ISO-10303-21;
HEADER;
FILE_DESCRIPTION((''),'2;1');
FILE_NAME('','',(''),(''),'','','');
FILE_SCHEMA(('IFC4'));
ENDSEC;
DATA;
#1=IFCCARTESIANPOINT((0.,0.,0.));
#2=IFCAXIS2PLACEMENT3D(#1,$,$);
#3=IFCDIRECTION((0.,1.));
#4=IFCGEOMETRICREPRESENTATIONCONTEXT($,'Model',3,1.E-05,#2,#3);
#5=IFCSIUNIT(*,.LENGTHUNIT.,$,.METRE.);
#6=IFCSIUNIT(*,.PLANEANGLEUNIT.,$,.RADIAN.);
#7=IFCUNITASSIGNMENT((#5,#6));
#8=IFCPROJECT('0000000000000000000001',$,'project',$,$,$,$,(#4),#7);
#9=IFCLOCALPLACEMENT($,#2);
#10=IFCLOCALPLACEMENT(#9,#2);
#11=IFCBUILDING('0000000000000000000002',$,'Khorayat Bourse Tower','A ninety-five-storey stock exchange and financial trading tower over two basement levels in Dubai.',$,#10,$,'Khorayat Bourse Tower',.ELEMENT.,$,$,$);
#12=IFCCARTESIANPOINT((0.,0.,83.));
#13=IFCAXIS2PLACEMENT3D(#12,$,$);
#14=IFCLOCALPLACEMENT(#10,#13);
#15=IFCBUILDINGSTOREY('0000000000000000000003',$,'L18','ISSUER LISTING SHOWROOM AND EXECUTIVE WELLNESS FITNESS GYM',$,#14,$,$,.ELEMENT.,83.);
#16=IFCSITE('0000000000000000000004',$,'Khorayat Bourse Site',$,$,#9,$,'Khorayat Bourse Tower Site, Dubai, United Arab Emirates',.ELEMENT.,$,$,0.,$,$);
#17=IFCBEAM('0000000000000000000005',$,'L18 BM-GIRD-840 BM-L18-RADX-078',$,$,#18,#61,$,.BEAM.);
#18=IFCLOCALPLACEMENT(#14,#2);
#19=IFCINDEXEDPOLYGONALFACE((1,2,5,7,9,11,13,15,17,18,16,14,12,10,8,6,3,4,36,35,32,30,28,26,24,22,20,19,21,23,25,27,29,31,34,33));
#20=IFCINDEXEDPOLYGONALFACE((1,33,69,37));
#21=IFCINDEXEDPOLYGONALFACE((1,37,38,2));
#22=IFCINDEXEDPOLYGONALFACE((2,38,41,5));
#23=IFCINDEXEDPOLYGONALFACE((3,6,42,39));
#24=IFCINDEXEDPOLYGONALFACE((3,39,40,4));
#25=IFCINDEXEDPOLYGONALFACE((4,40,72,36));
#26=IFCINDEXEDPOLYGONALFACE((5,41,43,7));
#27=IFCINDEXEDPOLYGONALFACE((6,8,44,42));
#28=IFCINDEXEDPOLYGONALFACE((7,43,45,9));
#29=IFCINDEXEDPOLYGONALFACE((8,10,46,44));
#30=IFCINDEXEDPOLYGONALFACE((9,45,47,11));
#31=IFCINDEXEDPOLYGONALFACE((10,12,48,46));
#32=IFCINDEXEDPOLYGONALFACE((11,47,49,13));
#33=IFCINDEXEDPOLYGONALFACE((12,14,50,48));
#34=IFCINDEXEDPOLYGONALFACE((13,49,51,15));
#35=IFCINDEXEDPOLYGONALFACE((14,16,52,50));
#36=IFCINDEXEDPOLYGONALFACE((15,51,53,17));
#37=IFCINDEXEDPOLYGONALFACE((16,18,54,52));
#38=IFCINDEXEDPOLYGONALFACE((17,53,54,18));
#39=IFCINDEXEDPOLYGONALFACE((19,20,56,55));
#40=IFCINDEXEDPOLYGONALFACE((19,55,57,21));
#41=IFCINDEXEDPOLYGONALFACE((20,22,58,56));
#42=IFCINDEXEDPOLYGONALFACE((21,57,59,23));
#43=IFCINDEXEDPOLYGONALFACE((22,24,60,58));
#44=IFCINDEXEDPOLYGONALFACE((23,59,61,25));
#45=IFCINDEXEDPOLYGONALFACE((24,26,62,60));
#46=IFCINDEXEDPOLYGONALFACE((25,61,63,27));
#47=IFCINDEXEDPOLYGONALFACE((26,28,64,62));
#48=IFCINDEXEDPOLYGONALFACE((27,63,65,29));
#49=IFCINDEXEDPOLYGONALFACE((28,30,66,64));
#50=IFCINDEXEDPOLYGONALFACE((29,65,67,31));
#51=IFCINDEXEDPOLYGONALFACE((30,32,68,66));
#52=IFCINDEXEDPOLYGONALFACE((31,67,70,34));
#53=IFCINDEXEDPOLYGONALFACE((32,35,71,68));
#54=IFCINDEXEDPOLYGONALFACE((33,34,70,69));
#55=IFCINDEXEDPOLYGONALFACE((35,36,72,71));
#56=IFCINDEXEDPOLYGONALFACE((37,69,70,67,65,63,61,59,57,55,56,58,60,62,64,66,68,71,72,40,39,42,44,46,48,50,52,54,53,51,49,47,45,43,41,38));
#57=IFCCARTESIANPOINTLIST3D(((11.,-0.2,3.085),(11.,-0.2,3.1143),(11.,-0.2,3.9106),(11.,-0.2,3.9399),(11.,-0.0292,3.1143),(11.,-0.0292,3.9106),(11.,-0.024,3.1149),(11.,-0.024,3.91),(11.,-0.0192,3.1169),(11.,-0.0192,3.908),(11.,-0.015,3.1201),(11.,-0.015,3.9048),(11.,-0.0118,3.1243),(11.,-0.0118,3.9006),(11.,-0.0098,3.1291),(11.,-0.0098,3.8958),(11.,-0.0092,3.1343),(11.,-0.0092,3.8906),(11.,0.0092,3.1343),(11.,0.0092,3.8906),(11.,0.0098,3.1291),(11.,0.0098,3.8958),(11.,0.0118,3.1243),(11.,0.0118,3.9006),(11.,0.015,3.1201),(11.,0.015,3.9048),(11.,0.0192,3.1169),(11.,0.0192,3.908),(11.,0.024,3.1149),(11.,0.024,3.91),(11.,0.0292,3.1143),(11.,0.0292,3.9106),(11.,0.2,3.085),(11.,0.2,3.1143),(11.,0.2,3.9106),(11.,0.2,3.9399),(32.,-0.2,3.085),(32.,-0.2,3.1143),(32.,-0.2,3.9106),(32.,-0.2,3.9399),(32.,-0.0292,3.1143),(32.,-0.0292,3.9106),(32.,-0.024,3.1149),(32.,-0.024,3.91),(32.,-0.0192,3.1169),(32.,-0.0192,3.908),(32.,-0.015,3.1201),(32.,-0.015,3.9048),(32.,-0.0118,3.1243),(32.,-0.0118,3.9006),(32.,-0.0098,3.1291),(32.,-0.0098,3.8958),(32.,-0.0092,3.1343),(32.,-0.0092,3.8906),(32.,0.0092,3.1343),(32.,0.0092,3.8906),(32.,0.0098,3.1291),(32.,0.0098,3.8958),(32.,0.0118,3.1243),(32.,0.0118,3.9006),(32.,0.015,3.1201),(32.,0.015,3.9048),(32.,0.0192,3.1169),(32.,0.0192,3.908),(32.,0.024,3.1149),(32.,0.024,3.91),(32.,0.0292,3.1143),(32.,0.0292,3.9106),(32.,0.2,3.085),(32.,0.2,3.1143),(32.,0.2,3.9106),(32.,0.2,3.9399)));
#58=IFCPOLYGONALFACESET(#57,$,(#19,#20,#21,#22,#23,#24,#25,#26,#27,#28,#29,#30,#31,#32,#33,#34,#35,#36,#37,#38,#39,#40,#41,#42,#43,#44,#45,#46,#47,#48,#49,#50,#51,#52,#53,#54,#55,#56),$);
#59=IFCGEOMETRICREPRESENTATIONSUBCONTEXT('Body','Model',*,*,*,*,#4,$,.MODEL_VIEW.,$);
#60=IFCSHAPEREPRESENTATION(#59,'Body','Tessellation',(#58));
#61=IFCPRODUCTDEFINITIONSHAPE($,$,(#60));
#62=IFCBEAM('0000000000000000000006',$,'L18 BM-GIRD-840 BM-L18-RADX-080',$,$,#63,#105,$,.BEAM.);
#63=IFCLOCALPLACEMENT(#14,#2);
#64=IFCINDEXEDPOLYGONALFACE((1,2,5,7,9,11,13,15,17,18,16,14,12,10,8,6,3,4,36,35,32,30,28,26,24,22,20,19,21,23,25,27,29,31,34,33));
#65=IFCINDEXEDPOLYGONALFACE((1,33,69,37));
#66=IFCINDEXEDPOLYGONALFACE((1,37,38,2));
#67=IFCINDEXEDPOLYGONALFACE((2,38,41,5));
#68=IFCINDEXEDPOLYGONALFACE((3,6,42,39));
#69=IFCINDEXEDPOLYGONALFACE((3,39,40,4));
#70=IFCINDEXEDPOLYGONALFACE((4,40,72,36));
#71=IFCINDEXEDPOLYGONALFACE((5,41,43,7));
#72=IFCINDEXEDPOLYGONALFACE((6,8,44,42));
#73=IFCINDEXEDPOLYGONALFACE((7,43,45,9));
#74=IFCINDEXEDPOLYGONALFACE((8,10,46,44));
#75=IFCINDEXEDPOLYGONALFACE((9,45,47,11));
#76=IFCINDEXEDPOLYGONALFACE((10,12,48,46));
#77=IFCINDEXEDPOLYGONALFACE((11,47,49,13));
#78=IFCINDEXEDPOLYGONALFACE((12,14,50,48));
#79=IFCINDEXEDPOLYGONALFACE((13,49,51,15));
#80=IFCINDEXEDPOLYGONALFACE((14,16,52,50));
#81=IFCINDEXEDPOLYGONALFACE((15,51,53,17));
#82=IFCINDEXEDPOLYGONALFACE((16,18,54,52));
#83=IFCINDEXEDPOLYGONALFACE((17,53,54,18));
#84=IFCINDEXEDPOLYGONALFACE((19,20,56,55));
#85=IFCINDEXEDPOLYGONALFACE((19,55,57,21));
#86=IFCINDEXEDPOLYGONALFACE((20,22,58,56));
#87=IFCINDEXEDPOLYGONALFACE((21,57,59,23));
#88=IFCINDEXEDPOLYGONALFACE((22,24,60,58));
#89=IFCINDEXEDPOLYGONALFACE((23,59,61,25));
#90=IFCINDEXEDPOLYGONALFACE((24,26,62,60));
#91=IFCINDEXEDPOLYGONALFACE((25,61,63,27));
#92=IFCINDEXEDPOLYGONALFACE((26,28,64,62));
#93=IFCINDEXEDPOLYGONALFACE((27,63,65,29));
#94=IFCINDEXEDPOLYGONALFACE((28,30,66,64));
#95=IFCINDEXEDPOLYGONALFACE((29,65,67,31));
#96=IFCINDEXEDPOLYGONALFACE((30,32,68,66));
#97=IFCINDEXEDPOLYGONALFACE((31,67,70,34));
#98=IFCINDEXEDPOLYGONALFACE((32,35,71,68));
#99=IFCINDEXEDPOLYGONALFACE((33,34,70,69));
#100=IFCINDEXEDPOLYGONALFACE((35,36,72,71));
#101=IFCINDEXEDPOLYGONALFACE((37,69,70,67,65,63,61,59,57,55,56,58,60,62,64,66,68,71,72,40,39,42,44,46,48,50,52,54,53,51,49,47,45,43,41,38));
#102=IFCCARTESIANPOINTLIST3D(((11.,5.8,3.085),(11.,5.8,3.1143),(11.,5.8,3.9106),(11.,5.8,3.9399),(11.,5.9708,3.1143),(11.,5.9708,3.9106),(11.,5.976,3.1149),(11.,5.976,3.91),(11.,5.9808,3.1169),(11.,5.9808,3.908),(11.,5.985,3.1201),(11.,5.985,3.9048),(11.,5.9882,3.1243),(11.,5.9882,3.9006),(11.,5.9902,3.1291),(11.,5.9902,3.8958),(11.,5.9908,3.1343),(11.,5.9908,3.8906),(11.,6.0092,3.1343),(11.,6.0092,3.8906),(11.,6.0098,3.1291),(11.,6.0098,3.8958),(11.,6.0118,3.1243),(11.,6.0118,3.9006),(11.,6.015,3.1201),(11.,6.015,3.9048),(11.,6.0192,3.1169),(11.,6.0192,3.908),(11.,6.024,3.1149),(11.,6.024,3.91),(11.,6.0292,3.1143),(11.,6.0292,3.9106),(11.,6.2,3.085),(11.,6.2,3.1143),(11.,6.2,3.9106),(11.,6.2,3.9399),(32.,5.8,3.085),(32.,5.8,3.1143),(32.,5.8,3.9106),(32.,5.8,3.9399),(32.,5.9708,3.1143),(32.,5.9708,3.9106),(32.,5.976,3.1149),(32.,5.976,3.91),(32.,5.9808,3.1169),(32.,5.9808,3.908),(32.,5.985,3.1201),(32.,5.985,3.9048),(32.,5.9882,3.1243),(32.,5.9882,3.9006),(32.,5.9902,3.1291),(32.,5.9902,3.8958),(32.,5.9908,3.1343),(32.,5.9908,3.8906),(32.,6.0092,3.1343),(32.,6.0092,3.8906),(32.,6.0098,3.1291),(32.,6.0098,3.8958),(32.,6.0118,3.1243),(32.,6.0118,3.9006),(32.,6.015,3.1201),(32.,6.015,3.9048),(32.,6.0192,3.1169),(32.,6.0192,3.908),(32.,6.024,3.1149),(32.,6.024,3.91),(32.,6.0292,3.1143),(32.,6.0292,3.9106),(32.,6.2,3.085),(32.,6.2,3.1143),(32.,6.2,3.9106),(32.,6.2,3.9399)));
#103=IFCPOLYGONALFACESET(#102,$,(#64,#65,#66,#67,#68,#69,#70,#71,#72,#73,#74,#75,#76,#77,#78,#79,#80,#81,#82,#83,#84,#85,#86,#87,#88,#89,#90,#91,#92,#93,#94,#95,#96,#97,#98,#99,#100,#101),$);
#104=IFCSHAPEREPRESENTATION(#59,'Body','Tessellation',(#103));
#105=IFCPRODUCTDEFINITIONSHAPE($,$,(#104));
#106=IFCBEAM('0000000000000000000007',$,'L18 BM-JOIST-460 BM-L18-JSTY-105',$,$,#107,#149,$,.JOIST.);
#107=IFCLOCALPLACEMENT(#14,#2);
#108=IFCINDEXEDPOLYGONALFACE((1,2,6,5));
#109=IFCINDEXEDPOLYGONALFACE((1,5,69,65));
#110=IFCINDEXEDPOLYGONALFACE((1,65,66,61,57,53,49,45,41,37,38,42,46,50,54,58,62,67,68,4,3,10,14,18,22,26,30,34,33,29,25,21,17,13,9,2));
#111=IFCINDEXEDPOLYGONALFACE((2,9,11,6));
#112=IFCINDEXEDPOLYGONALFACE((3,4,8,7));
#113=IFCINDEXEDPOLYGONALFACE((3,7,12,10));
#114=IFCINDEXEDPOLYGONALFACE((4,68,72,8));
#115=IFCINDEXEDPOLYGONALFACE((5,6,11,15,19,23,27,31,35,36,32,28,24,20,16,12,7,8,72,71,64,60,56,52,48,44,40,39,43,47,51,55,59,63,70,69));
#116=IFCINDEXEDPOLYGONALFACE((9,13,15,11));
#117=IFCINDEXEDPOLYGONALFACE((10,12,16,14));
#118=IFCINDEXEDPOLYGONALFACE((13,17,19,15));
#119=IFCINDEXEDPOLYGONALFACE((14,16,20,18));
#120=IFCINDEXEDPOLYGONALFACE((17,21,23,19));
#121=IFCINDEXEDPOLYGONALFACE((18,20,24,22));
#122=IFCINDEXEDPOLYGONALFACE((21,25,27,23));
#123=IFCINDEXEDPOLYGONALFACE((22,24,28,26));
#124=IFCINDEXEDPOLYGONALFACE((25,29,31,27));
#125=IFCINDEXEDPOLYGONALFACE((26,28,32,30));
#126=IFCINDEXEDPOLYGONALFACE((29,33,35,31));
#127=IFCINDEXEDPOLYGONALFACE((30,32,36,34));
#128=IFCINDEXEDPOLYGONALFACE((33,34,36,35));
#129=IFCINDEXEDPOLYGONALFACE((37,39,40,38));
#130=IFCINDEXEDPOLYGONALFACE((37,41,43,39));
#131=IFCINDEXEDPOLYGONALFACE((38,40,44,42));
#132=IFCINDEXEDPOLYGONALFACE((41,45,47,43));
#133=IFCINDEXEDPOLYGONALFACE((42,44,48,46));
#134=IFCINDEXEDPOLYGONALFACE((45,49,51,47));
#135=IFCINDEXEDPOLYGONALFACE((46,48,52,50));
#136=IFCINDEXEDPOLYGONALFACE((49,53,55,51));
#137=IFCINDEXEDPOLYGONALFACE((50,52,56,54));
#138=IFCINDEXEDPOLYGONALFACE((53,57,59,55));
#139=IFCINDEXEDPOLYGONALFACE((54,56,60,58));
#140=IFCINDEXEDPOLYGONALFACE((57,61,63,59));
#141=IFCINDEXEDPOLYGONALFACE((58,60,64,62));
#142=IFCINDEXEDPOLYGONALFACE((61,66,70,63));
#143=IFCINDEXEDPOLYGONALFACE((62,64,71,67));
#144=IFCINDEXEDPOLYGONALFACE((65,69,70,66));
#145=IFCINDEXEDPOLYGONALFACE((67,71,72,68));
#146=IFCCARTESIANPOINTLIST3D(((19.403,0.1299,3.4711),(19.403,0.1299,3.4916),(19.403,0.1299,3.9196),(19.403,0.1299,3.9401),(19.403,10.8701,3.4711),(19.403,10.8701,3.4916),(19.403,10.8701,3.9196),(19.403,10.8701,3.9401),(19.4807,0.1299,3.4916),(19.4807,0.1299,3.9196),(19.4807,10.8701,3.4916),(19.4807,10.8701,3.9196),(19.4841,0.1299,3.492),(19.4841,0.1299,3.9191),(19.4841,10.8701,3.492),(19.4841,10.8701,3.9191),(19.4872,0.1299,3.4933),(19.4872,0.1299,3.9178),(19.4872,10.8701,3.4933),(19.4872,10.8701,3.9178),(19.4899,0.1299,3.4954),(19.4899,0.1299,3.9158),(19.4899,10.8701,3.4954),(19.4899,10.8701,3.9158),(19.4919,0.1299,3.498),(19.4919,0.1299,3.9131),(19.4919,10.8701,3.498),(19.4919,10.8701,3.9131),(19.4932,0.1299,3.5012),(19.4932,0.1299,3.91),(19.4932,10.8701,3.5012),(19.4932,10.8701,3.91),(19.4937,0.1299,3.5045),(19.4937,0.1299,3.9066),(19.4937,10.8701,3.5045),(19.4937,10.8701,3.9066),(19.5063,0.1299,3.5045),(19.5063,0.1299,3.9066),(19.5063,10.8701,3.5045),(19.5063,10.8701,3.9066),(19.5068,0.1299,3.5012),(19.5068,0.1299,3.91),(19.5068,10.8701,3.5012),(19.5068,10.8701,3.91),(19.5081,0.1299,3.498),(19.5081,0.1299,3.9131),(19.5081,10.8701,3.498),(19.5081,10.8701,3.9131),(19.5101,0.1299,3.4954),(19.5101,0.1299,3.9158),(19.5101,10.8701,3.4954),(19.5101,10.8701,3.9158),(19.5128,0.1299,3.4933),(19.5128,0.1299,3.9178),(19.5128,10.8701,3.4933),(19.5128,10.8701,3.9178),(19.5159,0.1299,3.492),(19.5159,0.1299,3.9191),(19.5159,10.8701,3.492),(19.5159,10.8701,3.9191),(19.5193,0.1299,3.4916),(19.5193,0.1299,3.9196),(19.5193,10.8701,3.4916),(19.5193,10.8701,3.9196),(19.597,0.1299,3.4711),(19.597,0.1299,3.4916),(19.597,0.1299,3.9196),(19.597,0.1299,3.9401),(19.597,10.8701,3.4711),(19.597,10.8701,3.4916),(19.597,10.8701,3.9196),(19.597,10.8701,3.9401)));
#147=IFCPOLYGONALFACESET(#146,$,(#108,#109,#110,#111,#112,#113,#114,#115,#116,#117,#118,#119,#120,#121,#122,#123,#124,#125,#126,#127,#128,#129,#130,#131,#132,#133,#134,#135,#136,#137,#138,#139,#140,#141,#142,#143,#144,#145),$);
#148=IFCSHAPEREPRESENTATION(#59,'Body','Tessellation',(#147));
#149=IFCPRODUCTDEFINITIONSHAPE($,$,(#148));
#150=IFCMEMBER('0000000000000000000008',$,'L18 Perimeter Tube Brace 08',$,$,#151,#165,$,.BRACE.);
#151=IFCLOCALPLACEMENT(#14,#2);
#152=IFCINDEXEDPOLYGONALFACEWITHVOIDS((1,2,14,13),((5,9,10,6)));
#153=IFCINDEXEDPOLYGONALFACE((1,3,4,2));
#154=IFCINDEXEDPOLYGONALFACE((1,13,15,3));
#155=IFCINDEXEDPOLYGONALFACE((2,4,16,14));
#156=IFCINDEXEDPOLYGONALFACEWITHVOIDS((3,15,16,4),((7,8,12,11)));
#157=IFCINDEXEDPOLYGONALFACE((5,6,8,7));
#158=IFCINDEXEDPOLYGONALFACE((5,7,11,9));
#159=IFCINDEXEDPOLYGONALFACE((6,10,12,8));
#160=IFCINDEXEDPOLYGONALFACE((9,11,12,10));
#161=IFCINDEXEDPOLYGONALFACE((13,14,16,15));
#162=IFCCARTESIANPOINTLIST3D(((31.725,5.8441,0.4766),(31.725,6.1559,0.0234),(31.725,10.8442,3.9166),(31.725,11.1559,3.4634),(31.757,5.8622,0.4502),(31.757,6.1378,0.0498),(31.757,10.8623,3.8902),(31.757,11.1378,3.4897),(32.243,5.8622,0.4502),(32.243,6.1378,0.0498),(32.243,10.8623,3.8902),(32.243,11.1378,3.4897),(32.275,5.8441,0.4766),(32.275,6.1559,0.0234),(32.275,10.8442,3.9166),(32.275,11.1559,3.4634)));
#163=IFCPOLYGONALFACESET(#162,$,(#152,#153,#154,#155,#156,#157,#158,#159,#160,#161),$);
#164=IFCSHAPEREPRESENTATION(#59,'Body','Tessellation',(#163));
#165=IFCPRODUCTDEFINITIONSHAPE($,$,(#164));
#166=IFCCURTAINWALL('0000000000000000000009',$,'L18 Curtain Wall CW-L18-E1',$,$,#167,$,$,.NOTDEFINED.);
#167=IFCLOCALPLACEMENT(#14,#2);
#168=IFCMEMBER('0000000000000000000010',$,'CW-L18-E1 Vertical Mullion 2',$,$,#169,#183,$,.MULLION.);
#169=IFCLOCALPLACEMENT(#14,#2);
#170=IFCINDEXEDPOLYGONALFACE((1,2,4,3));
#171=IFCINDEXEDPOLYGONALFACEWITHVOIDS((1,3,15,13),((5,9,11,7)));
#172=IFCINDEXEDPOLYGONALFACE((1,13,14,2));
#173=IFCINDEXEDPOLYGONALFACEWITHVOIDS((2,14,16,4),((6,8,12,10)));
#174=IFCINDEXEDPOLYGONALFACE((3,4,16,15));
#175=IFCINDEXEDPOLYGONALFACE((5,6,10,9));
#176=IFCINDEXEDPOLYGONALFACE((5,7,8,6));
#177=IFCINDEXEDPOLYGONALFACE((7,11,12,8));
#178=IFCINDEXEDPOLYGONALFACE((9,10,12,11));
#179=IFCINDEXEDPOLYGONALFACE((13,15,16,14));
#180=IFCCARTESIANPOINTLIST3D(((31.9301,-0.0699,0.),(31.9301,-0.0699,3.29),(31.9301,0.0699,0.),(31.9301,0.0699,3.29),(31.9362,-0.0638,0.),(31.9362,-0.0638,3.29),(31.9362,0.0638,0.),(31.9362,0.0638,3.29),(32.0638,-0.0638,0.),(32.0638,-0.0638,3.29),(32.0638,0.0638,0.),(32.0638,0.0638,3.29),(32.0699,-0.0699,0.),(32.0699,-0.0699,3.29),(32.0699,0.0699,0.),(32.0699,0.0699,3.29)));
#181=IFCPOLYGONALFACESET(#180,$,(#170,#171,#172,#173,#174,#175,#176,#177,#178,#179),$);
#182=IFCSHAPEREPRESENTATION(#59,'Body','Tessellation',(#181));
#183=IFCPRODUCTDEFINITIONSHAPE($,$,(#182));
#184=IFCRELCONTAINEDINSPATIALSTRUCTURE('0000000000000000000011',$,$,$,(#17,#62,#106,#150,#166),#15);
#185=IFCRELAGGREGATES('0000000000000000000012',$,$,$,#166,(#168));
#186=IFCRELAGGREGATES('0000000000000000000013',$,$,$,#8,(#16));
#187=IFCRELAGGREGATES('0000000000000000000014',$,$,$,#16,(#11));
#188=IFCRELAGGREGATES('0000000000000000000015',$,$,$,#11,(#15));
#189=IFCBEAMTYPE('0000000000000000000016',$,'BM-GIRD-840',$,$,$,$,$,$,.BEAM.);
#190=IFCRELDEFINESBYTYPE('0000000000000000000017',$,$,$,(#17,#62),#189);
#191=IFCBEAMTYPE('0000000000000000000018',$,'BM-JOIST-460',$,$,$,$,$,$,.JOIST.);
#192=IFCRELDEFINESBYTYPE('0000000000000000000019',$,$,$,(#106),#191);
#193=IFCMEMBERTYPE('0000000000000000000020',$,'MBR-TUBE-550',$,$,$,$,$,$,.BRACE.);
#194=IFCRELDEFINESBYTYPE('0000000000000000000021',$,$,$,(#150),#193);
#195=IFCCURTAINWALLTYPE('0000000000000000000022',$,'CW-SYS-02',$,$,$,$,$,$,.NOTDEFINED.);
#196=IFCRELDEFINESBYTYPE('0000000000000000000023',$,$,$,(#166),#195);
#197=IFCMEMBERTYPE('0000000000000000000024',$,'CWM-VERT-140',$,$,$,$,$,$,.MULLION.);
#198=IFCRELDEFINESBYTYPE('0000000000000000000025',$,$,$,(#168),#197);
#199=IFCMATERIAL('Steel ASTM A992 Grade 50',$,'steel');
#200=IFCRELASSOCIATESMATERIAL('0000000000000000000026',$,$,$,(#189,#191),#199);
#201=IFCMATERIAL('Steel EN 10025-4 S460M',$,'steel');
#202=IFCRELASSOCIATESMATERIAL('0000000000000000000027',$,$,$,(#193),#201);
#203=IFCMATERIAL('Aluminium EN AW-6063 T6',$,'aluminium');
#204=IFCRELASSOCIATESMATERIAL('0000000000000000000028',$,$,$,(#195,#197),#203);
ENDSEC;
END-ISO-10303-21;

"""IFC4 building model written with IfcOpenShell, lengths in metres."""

from ifc_helpers import new_model, si_unit, direction, frame, origin, origin_2d, place, context, subcontext, project, spatial, hollow_rectangle, i_section, extrude, source, transform, mapped, material, material_profile, profile_set, type_object, element, aggregate, save


model = new_model("IFC4")

# Units and contexts
model_context = context("Model", 3, precision=1e-05, world=origin(), true_north=direction((0.0, 1.0)))
body_context = subcontext(model_context, "Body", "Model", "MODEL_VIEW")
ifc_project = project(units=[si_unit("LENGTHUNIT", "METRE"), si_unit("PLANEANGLEUNIT", "RADIAN")], contexts=[model_context])

# Site, building, storey
site_placement = place(None, origin())
site = spatial("IfcSite", under=ifc_project, at=site_placement, Name="Khorayat Bourse Site", LongName="Khorayat Bourse Tower Site, Dubai, United Arab Emirates", CompositionType="ELEMENT", RefElevation=0.0)
building_placement = place(site_placement, origin())
building = spatial("IfcBuilding", under=site, at=building_placement, Name="Khorayat Bourse Tower", Description="A ninety-five-storey stock exchange and financial trading tower over two basement levels in Dubai.", LongName="Khorayat Bourse Tower", CompositionType="ELEMENT")
storey_placement = place(building_placement, frame((0.0, 0.0, 83.0)))
storey = spatial("IfcBuildingStorey", under=building, at=storey_placement, Name="L18", Description="ISSUER LISTING SHOWROOM AND EXECUTIVE WELLNESS FITNESS GYM", CompositionType="ELEMENT", Elevation=83.0)

# Shared definitions
ifc_material_1 = material(Name="Steel EN 10025-4 S460M", Category="steel")

# Beams
ifc_material_2 = material(Name="Steel ASTM A992 Grade 50", Category="steel")
ifc_material_profile_1 = material_profile(ifc_material_2, i_section(OverallWidth=0.3999, OverallDepth=0.855, WebThickness=0.0183, FlangeThickness=0.0293, FilletRadius=0.02, at=origin_2d()), Name="W840X299")
ifc_profile_set_1 = profile_set([ifc_material_profile_1], Name="Steel ASTM A992 Grade 50")
beam_type_1 = type_object("IfcBeamType", Name="BM-GIRD-840", PredefinedType="BEAM", material=ifc_profile_set_1)
shared_shape_1 = source(origin(), body_context, "Body", "SweptSolid", [
    extrude(i_section(OverallWidth=0.3999, OverallDepth=0.855, WebThickness=0.0183, FlangeThickness=0.0293, FilletRadius=0.02, at=origin_2d()), origin(), (0.0, 0.0, 1.0), 21.0),
])
for number, where, z_axis, x_axis, name in (
    (1, (11.0, 0.0, 3.5125), (1.0, 0.0, 0.0), (0.0, 1.0, 0.0), "L18 BM-GIRD-840 BM-L18-RADX-078"),
    (2, (11.0, 6.0, 3.5125), (1.0, 0.0, 0.0), (0.0, 1.0, 0.0), "L18 BM-GIRD-840 BM-L18-RADX-080"),
):
    element("IfcBeam", number, at=place(storey_placement, frame(where, z_axis=z_axis, x_axis=x_axis)), inside=storey, type_object=beam_type_1, Name=name, PredefinedType="BEAM", context=body_context, shape_type="MappedRepresentation", body=[
        mapped(shared_shape_1, transform((0.0, 0.0, 0.0), scale=1.0)),
    ])
ifc_material_profile_2 = material_profile(ifc_material_2, i_section(OverallWidth=0.1941, OverallDepth=0.469, WebThickness=0.0127, FlangeThickness=0.0205, FilletRadius=0.0129, at=origin_2d()), Name="W460X106")
ifc_profile_set_2 = profile_set([ifc_material_profile_2], Name="Steel ASTM A992 Grade 50")
beam_type_2 = type_object("IfcBeamType", Name="BM-JOIST-460", PredefinedType="JOIST", material=ifc_profile_set_2)
shared_shape_2 = source(origin(), body_context, "Body", "SweptSolid", [
    extrude(i_section(OverallWidth=0.1941, OverallDepth=0.469, WebThickness=0.0127, FlangeThickness=0.0205, FilletRadius=0.0129, at=origin_2d()), origin(), (0.0, 0.0, 1.0), 10.7402),
])
beam_1_placement = place(storey_placement, frame((19.5, 0.1299, 3.7056), z_axis=(0.0, 1.0, 0.0), x_axis=(-1.0, 0.0, 0.0)))
element("IfcBeam", 3, at=beam_1_placement, inside=storey, type_object=beam_type_2, Name="L18 BM-JOIST-460 BM-L18-JSTY-105", PredefinedType="JOIST", context=body_context, shape_type="MappedRepresentation", body=[
    mapped(shared_shape_2, transform((0.0, 0.0, 0.0), scale=1.0)),
])

# Member
ifc_material_profile_3 = material_profile(ifc_material_1, hollow_rectangle(XDim=0.55, YDim=0.55, WallThickness=0.032, at=origin_2d()), Name="HSS 550x550x32")
ifc_profile_set_3 = profile_set([ifc_material_profile_3], Name="Steel EN 10025-4 S460M")
member_type_1 = type_object("IfcMemberType", Name="MBR-TUBE-550", PredefinedType="BRACE", material=ifc_profile_set_3)
shared_shape_3 = source(origin(), body_context, "Body", "SweptSolid", [
    extrude(hollow_rectangle(XDim=0.55, YDim=0.55, WallThickness=0.032, at=origin_2d()), origin(), (0.0, 0.0, 1.0), 6.0691),
])
member_1_placement = place(storey_placement, frame((32.0, 6.0, 0.25), z_axis=(0.0, 0.823854, 0.566802), x_axis=(-1.0, 0.0, 0.0)))
element("IfcMember", 4, at=member_1_placement, inside=storey, type_object=member_type_1, Name="L18 Perimeter Tube Brace 08", PredefinedType="BRACE", context=body_context, shape_type="MappedRepresentation", body=[
    mapped(shared_shape_3, transform((0.0, 0.0, 0.0), scale=1.0)),
])

# Curtain wall, member
ifc_material_3 = material(Name="Aluminium EN AW-6063 T6", Category="aluminium")
curtain_wall_type = type_object("IfcCurtainWallType", Name="CW-SYS-02", PredefinedType="NOTDEFINED", material=ifc_material_3)
curtain_wall_placement = place(storey_placement, origin())
curtain_wall = element("IfcCurtainWall", 5, at=curtain_wall_placement, inside=storey, type_object=curtain_wall_type, Name="L18 Curtain Wall CW-L18-E1", PredefinedType="NOTDEFINED")
ifc_material_profile_4 = material_profile(ifc_material_3, hollow_rectangle(XDim=0.1399, YDim=0.1399, WallThickness=0.0061, at=origin_2d()), Name="ALU 140x140x6")
ifc_profile_set_4 = profile_set([ifc_material_profile_4], Name="Aluminium EN AW-6063 T6")
member_type_2 = type_object("IfcMemberType", Name="CWM-VERT-140", PredefinedType="MULLION", material=ifc_profile_set_4)
shared_shape_4 = source(origin(), body_context, "Body", "SweptSolid", [
    extrude(hollow_rectangle(XDim=0.1399, YDim=0.1399, WallThickness=0.0061, at=origin_2d()), origin(), (0.0, 0.0, 1.0), 3.29),
])
member_2_placement = place(storey_placement, frame((32.0, 0.0, 0.0), z_axis=(0.0, 0.0, 1.0), x_axis=(-1.0, 0.0, 0.0)))
member_2 = element("IfcMember", 6, at=member_2_placement, type_object=member_type_2, Name="CW-L18-E1 Vertical Mullion 2", PredefinedType="MULLION", context=body_context, shape_type="MappedRepresentation", body=[
    mapped(shared_shape_4, transform((0.0, 0.0, 0.0), scale=1.0)),
])
aggregate(curtain_wall, [member_2])

save(model, "model.ifc")
